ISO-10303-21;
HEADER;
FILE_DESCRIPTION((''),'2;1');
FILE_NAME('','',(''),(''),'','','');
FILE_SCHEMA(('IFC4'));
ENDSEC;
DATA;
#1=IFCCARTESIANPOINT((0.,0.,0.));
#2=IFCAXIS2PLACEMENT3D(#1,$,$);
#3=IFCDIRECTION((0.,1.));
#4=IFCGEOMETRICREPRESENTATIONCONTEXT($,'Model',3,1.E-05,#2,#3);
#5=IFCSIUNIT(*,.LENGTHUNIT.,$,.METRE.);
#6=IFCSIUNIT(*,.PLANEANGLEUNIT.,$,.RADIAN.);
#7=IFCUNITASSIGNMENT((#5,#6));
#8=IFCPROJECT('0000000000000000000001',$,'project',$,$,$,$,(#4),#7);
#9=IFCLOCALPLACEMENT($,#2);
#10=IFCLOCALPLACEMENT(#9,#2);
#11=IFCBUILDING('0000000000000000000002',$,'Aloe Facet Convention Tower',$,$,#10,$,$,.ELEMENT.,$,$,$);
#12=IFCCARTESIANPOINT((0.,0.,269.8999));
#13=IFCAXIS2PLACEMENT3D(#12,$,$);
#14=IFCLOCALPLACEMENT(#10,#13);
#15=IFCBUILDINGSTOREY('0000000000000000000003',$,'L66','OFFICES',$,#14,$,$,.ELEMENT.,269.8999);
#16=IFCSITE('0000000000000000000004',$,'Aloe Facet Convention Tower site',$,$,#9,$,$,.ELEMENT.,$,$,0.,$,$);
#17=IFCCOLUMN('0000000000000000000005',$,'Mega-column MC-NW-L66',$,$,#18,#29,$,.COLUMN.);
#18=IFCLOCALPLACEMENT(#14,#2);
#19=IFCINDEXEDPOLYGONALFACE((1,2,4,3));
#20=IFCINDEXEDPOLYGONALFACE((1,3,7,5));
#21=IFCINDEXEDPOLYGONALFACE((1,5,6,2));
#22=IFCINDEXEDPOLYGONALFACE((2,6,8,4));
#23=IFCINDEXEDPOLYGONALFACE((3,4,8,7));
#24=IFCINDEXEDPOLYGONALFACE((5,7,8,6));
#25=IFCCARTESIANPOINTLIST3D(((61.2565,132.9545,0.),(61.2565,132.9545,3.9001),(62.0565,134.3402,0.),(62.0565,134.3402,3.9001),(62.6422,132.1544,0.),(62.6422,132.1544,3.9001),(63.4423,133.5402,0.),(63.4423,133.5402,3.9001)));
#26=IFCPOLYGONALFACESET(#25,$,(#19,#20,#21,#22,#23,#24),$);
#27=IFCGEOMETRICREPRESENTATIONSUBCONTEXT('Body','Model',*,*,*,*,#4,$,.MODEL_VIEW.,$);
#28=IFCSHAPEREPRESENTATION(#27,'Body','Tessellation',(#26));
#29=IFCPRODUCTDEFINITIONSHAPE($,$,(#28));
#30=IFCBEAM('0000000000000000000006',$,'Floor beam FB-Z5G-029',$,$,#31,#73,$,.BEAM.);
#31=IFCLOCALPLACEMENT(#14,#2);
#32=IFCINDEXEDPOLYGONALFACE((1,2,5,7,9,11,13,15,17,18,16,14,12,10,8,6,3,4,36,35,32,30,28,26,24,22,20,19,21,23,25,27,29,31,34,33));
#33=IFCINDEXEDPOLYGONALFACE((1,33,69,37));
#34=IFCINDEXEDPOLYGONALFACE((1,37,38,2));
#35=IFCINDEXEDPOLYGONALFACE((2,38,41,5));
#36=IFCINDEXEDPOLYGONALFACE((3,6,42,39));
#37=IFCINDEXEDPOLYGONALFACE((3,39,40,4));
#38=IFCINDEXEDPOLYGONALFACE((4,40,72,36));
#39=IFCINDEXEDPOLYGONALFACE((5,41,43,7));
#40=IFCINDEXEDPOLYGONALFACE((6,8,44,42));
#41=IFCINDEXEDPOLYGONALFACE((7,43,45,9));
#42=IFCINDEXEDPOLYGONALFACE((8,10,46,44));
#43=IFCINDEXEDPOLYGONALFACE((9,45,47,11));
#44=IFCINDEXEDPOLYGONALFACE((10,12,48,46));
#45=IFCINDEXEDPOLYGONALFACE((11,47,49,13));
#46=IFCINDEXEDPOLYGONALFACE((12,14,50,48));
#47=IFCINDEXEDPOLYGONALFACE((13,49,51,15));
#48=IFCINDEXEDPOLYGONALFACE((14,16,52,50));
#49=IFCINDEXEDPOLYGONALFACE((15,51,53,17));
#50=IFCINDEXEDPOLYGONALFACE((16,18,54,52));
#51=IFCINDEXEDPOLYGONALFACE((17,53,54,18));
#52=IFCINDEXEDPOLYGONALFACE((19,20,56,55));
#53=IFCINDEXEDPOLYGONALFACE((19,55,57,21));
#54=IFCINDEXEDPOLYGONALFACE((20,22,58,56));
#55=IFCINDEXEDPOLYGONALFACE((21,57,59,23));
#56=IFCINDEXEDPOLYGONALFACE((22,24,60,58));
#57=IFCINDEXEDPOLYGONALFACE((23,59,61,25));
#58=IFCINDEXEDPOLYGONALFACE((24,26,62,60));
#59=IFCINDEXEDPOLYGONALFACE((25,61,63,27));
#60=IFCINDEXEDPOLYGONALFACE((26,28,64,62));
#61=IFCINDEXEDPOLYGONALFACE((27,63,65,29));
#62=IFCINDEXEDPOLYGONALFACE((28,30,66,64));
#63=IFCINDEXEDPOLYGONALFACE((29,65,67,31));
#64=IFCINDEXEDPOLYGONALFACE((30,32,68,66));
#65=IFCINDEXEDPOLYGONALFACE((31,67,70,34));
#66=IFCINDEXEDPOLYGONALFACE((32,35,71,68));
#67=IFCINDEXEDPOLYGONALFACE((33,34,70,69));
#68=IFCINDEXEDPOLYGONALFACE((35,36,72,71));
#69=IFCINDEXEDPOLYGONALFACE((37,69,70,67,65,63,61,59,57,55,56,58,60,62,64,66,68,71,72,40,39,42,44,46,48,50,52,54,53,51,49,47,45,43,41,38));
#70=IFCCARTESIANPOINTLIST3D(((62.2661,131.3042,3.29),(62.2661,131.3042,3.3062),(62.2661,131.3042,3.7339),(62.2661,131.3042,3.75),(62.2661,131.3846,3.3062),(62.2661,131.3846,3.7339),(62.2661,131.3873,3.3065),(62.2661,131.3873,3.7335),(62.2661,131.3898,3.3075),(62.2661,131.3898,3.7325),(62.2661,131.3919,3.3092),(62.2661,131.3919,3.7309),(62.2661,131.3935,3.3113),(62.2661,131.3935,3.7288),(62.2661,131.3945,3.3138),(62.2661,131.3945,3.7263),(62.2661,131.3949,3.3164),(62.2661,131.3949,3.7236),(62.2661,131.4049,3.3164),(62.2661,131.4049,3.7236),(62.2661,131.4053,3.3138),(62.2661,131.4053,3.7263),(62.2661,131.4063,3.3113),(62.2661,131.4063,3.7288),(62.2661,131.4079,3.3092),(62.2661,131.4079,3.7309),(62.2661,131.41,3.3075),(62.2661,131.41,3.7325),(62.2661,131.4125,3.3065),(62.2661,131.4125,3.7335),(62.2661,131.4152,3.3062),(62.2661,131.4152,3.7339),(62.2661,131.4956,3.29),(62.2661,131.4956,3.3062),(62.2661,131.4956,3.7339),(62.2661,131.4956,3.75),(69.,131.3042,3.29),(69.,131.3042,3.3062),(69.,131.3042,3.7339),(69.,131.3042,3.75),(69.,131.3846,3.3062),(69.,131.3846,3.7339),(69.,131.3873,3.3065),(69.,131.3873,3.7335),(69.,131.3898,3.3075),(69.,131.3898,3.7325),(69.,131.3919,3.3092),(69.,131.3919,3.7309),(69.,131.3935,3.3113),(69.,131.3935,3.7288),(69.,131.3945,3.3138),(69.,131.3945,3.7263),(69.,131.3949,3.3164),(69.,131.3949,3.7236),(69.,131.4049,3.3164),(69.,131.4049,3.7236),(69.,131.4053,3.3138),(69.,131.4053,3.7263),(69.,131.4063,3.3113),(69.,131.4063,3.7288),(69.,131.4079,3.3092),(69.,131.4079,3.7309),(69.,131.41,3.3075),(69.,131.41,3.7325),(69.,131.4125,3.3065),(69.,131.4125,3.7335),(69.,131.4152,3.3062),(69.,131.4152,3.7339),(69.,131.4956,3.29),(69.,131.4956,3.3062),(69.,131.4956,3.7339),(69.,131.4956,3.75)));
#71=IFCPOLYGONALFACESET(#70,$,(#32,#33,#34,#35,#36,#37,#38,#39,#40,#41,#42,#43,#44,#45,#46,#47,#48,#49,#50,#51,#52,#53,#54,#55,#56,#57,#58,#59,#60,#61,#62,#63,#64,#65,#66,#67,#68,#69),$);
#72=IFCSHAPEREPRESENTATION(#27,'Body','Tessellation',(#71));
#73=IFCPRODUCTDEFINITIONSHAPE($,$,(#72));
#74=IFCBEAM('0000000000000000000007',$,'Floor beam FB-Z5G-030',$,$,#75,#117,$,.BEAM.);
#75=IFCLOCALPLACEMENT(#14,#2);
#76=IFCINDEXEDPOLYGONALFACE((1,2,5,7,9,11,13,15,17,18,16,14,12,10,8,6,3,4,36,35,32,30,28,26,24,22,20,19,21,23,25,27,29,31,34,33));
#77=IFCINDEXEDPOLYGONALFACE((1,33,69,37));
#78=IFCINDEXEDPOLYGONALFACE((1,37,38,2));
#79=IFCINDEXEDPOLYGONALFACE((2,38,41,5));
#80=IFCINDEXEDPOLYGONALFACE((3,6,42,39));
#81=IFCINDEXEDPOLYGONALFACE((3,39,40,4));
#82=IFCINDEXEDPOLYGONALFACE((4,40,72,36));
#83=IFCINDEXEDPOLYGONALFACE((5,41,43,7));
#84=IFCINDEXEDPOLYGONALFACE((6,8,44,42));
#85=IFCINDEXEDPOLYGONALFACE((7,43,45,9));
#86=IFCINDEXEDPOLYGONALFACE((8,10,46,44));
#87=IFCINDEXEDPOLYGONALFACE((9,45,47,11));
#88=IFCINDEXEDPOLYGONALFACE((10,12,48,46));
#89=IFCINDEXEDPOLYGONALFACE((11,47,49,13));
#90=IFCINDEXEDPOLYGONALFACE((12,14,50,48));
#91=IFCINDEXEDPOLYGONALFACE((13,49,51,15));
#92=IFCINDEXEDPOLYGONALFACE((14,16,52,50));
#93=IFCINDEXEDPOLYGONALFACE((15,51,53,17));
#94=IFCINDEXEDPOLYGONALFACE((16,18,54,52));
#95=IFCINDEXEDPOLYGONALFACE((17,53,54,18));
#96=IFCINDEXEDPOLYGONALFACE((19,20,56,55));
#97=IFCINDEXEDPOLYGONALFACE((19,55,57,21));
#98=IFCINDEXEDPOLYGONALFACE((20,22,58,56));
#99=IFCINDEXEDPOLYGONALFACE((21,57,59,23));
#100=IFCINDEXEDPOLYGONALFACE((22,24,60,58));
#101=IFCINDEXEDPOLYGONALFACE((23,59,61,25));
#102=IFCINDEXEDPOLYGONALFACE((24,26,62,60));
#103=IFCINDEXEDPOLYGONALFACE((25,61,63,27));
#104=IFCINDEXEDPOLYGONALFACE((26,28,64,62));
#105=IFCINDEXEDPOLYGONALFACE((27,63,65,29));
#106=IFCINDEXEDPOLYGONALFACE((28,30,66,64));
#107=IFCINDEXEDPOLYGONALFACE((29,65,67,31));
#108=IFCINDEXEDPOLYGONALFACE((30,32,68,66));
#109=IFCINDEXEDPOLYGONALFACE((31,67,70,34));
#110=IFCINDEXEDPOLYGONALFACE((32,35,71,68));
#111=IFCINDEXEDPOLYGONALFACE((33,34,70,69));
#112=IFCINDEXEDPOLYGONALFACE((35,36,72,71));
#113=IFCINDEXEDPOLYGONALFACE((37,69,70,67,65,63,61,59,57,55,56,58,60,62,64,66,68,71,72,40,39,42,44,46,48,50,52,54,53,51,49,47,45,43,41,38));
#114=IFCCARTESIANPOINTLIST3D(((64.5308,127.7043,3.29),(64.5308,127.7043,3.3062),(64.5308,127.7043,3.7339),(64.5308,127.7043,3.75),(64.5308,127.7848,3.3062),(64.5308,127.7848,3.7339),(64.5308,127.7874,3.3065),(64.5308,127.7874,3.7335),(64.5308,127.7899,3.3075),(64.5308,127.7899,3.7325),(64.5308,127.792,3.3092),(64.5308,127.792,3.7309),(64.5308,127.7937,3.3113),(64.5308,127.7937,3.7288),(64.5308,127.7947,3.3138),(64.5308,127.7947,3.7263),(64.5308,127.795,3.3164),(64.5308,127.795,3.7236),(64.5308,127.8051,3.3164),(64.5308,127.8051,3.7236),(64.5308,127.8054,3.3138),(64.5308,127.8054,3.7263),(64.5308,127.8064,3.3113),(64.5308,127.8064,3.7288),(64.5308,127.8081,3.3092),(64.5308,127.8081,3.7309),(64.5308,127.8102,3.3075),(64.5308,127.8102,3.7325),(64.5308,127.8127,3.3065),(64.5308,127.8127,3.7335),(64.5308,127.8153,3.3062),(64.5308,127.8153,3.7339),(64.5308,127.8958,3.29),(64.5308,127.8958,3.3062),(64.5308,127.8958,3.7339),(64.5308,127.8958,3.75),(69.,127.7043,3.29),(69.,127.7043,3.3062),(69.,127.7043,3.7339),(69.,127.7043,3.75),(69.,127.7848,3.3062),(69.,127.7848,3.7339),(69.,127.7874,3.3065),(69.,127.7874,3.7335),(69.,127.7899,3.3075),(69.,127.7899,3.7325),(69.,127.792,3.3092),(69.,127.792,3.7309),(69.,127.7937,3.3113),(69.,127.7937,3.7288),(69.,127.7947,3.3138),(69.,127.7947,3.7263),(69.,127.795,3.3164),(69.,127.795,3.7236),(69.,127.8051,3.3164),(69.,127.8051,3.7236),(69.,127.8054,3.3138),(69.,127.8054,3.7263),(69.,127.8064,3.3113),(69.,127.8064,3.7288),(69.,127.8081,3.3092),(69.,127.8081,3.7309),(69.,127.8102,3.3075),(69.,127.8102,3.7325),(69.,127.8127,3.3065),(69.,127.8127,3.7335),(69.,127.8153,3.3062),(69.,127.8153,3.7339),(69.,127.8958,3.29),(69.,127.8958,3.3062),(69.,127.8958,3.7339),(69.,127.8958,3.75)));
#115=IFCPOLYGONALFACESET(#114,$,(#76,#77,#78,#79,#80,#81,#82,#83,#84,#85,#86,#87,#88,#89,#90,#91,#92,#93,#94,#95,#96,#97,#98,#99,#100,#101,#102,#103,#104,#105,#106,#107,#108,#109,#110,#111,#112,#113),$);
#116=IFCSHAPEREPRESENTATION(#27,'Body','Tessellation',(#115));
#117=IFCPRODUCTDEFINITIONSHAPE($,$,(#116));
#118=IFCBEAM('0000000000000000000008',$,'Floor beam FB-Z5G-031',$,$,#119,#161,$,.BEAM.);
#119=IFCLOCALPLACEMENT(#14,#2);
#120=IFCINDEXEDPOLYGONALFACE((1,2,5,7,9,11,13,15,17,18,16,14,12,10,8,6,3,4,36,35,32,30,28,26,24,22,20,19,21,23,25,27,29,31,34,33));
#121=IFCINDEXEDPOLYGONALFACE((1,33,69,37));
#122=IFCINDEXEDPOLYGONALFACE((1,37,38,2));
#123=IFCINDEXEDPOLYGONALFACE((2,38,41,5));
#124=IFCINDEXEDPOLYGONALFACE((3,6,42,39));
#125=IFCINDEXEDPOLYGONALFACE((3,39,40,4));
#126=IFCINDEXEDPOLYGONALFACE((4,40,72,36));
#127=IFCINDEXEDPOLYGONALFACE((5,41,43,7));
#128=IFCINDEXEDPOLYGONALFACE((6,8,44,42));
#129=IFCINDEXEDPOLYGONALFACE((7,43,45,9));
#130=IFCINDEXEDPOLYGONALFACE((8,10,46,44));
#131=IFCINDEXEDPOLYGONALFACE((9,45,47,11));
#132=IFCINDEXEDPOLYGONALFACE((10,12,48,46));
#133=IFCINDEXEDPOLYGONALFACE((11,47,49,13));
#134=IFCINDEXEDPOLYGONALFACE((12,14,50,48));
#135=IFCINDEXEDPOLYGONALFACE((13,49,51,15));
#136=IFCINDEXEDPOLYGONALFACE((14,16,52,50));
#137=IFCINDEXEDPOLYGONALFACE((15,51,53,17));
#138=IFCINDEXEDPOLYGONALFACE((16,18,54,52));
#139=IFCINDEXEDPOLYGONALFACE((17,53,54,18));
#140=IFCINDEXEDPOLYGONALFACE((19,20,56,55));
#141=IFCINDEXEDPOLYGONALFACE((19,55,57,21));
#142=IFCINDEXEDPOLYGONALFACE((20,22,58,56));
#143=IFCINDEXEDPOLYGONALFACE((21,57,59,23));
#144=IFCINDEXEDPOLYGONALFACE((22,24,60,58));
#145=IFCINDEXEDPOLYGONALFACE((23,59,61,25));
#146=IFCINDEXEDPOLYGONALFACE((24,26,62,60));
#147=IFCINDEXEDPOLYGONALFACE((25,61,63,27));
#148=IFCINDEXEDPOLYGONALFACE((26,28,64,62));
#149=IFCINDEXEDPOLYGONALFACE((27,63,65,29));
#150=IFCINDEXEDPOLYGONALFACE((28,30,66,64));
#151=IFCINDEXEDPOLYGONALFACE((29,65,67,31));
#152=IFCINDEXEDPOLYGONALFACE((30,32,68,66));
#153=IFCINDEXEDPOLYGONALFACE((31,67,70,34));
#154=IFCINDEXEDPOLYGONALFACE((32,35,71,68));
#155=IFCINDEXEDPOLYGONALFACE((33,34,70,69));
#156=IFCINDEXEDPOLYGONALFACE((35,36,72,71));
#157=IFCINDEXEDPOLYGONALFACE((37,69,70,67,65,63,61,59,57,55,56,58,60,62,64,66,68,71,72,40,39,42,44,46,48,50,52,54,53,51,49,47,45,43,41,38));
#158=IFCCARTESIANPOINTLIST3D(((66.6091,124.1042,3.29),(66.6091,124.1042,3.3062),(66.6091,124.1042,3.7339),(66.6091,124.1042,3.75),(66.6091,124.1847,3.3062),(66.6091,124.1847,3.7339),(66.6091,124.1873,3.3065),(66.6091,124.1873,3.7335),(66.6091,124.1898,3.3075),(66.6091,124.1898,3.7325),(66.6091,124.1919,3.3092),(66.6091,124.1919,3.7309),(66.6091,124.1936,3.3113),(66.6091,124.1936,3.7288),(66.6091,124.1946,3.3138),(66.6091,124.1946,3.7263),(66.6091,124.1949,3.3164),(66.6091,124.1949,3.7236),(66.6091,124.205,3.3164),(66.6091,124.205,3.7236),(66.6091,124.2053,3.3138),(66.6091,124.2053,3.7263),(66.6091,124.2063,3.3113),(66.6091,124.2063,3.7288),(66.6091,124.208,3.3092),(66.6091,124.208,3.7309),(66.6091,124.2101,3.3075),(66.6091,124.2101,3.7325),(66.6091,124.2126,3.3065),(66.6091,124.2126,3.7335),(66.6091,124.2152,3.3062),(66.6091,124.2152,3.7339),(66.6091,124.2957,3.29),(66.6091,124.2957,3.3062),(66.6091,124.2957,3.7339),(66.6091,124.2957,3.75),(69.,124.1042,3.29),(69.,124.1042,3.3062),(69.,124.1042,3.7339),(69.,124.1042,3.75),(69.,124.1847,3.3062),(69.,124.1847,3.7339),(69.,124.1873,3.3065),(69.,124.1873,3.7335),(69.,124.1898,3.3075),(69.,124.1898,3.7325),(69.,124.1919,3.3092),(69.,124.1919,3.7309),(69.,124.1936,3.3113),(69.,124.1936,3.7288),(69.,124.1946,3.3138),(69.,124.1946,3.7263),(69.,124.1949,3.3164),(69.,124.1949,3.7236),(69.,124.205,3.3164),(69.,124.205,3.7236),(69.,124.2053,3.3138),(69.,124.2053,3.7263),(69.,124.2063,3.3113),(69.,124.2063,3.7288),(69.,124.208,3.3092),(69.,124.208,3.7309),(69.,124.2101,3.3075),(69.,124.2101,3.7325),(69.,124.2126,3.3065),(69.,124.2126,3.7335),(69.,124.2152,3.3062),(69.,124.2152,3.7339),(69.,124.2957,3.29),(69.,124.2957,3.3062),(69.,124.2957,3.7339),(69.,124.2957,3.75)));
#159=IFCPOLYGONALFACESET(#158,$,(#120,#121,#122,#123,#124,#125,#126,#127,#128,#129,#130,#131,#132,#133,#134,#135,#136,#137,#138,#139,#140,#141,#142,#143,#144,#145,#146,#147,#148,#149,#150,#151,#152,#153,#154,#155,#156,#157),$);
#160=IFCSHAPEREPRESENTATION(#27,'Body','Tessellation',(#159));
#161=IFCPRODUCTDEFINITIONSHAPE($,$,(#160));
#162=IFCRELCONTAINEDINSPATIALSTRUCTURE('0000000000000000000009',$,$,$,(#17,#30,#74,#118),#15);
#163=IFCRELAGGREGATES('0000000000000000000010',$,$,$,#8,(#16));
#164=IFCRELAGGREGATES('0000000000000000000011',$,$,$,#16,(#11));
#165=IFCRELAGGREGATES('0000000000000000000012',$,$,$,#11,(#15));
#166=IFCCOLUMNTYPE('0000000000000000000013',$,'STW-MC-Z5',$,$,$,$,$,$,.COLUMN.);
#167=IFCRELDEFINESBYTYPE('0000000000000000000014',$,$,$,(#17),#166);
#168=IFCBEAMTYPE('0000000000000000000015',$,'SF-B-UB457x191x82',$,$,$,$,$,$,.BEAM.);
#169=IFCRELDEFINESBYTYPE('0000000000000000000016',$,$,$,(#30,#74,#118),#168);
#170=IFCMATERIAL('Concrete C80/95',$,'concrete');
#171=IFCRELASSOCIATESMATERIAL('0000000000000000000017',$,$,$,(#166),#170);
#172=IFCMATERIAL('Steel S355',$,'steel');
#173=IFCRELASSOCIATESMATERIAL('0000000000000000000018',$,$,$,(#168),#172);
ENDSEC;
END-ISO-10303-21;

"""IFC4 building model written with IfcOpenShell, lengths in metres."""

from ifc_helpers import new_model, si_unit, direction, frame, origin, origin_2d, place, context, subcontext, project, spatial, rectangle, i_section, extrude, material, material_profile, profile_set, type_object, element, save


model = new_model("IFC4")

# Units and contexts
model_context = context("Model", 3, precision=1e-05, world=origin(), true_north=direction((0.0, 1.0)))
body_context = subcontext(model_context, "Body", "Model", "MODEL_VIEW")
ifc_project = project(units=[si_unit("LENGTHUNIT", "METRE"), si_unit("PLANEANGLEUNIT", "RADIAN")], contexts=[model_context])

# Site, building, storey
site_placement = place(None, origin())
site = spatial("IfcSite", under=ifc_project, at=site_placement, Name="Aloe Facet Convention Tower site", CompositionType="ELEMENT", RefElevation=0.0)
building_placement = place(site_placement, origin())
building = spatial("IfcBuilding", under=site, at=building_placement, Name="Aloe Facet Convention Tower", CompositionType="ELEMENT")
storey_placement = place(building_placement, frame((0.0, 0.0, 269.8999)))
storey = spatial("IfcBuildingStorey", under=building, at=storey_placement, Name="L66", Description="OFFICES", CompositionType="ELEMENT", Elevation=269.8999)

# Column
ifc_material_1 = material(Name="Concrete C80/95", Category="concrete")
ifc_material_profile_1 = material_profile(ifc_material_1, rectangle(XDim=1.6001, YDim=1.6001, at=origin_2d()), Name="STW-MC-Z5")
ifc_profile_set_1 = profile_set([ifc_material_profile_1], Name="Concrete C80/95")
column_type = type_object("IfcColumnType", Name="STW-MC-Z5", PredefinedType="COLUMN", material=ifc_profile_set_1)
column_placement = place(storey_placement, frame((62.3494, 133.2473, 0.0), z_axis=(0.0, 0.0, 1.0), x_axis=(-0.5, -0.866025, 0.0)))
element("IfcColumn", 1, at=column_placement, inside=storey, type_object=column_type, Name="Mega-column MC-NW-L66", PredefinedType="COLUMN", context=body_context, shape_type="SweptSolid", body=[
    extrude(rectangle(XDim=1.6001, YDim=1.6001, at=origin_2d()), origin(), (0.0, 0.0, 1.0), 3.9001),
])

# Beams
ifc_material_2 = material(Name="Steel S355", Category="steel")
ifc_material_profile_2 = material_profile(ifc_material_2, i_section(OverallWidth=0.1914, OverallDepth=0.46, WebThickness=0.01, FlangeThickness=0.0161, FilletRadius=0.0103, at=origin_2d()), Name="UB 457x191x82")
ifc_profile_set_2 = profile_set([ifc_material_profile_2], Name="Steel S355")
beam_type_1 = type_object("IfcBeamType", Name="SF-B-UB457x191x82", PredefinedType="BEAM", material=ifc_profile_set_2)
beam_1_placement = place(storey_placement, frame((62.2661, 131.3999, 3.52), z_axis=(1.0, 0.0, 0.0), x_axis=(0.0, 1.0, 0.0)))
element("IfcBeam", 2, at=beam_1_placement, inside=storey, type_object=beam_type_1, Name="Floor beam FB-Z5G-029", PredefinedType="BEAM", context=body_context, shape_type="SweptSolid", body=[
    extrude(i_section(OverallWidth=0.1914, OverallDepth=0.46, WebThickness=0.01, FlangeThickness=0.0161, FilletRadius=0.0103, at=origin_2d()), origin(), (0.0, 0.0, 1.0), 6.7339),
])
beam_2_placement = place(storey_placement, frame((64.5308, 127.8, 3.52), z_axis=(1.0, 0.0, 0.0), x_axis=(0.0, 1.0, 0.0)))
element("IfcBeam", 3, at=beam_2_placement, inside=storey, type_object=beam_type_1, Name="Floor beam FB-Z5G-030", PredefinedType="BEAM", context=body_context, shape_type="SweptSolid", body=[
    extrude(i_section(OverallWidth=0.1914, OverallDepth=0.46, WebThickness=0.01, FlangeThickness=0.0161, FilletRadius=0.0103, at=origin_2d()), origin(), (0.0, 0.0, 1.0), 4.4692),
])
beam_3_placement = place(storey_placement, frame((66.6091, 124.2, 3.52), z_axis=(1.0, 0.0, 0.0), x_axis=(0.0, 1.0, 0.0)))
element("IfcBeam", 4, at=beam_3_placement, inside=storey, type_object=beam_type_1, Name="Floor beam FB-Z5G-031", PredefinedType="BEAM", context=body_context, shape_type="SweptSolid", body=[
    extrude(i_section(OverallWidth=0.1914, OverallDepth=0.46, WebThickness=0.01, FlangeThickness=0.0161, FilletRadius=0.0103, at=origin_2d()), origin(), (0.0, 0.0, 1.0), 2.3909),
])

save(model, "model.ifc")
